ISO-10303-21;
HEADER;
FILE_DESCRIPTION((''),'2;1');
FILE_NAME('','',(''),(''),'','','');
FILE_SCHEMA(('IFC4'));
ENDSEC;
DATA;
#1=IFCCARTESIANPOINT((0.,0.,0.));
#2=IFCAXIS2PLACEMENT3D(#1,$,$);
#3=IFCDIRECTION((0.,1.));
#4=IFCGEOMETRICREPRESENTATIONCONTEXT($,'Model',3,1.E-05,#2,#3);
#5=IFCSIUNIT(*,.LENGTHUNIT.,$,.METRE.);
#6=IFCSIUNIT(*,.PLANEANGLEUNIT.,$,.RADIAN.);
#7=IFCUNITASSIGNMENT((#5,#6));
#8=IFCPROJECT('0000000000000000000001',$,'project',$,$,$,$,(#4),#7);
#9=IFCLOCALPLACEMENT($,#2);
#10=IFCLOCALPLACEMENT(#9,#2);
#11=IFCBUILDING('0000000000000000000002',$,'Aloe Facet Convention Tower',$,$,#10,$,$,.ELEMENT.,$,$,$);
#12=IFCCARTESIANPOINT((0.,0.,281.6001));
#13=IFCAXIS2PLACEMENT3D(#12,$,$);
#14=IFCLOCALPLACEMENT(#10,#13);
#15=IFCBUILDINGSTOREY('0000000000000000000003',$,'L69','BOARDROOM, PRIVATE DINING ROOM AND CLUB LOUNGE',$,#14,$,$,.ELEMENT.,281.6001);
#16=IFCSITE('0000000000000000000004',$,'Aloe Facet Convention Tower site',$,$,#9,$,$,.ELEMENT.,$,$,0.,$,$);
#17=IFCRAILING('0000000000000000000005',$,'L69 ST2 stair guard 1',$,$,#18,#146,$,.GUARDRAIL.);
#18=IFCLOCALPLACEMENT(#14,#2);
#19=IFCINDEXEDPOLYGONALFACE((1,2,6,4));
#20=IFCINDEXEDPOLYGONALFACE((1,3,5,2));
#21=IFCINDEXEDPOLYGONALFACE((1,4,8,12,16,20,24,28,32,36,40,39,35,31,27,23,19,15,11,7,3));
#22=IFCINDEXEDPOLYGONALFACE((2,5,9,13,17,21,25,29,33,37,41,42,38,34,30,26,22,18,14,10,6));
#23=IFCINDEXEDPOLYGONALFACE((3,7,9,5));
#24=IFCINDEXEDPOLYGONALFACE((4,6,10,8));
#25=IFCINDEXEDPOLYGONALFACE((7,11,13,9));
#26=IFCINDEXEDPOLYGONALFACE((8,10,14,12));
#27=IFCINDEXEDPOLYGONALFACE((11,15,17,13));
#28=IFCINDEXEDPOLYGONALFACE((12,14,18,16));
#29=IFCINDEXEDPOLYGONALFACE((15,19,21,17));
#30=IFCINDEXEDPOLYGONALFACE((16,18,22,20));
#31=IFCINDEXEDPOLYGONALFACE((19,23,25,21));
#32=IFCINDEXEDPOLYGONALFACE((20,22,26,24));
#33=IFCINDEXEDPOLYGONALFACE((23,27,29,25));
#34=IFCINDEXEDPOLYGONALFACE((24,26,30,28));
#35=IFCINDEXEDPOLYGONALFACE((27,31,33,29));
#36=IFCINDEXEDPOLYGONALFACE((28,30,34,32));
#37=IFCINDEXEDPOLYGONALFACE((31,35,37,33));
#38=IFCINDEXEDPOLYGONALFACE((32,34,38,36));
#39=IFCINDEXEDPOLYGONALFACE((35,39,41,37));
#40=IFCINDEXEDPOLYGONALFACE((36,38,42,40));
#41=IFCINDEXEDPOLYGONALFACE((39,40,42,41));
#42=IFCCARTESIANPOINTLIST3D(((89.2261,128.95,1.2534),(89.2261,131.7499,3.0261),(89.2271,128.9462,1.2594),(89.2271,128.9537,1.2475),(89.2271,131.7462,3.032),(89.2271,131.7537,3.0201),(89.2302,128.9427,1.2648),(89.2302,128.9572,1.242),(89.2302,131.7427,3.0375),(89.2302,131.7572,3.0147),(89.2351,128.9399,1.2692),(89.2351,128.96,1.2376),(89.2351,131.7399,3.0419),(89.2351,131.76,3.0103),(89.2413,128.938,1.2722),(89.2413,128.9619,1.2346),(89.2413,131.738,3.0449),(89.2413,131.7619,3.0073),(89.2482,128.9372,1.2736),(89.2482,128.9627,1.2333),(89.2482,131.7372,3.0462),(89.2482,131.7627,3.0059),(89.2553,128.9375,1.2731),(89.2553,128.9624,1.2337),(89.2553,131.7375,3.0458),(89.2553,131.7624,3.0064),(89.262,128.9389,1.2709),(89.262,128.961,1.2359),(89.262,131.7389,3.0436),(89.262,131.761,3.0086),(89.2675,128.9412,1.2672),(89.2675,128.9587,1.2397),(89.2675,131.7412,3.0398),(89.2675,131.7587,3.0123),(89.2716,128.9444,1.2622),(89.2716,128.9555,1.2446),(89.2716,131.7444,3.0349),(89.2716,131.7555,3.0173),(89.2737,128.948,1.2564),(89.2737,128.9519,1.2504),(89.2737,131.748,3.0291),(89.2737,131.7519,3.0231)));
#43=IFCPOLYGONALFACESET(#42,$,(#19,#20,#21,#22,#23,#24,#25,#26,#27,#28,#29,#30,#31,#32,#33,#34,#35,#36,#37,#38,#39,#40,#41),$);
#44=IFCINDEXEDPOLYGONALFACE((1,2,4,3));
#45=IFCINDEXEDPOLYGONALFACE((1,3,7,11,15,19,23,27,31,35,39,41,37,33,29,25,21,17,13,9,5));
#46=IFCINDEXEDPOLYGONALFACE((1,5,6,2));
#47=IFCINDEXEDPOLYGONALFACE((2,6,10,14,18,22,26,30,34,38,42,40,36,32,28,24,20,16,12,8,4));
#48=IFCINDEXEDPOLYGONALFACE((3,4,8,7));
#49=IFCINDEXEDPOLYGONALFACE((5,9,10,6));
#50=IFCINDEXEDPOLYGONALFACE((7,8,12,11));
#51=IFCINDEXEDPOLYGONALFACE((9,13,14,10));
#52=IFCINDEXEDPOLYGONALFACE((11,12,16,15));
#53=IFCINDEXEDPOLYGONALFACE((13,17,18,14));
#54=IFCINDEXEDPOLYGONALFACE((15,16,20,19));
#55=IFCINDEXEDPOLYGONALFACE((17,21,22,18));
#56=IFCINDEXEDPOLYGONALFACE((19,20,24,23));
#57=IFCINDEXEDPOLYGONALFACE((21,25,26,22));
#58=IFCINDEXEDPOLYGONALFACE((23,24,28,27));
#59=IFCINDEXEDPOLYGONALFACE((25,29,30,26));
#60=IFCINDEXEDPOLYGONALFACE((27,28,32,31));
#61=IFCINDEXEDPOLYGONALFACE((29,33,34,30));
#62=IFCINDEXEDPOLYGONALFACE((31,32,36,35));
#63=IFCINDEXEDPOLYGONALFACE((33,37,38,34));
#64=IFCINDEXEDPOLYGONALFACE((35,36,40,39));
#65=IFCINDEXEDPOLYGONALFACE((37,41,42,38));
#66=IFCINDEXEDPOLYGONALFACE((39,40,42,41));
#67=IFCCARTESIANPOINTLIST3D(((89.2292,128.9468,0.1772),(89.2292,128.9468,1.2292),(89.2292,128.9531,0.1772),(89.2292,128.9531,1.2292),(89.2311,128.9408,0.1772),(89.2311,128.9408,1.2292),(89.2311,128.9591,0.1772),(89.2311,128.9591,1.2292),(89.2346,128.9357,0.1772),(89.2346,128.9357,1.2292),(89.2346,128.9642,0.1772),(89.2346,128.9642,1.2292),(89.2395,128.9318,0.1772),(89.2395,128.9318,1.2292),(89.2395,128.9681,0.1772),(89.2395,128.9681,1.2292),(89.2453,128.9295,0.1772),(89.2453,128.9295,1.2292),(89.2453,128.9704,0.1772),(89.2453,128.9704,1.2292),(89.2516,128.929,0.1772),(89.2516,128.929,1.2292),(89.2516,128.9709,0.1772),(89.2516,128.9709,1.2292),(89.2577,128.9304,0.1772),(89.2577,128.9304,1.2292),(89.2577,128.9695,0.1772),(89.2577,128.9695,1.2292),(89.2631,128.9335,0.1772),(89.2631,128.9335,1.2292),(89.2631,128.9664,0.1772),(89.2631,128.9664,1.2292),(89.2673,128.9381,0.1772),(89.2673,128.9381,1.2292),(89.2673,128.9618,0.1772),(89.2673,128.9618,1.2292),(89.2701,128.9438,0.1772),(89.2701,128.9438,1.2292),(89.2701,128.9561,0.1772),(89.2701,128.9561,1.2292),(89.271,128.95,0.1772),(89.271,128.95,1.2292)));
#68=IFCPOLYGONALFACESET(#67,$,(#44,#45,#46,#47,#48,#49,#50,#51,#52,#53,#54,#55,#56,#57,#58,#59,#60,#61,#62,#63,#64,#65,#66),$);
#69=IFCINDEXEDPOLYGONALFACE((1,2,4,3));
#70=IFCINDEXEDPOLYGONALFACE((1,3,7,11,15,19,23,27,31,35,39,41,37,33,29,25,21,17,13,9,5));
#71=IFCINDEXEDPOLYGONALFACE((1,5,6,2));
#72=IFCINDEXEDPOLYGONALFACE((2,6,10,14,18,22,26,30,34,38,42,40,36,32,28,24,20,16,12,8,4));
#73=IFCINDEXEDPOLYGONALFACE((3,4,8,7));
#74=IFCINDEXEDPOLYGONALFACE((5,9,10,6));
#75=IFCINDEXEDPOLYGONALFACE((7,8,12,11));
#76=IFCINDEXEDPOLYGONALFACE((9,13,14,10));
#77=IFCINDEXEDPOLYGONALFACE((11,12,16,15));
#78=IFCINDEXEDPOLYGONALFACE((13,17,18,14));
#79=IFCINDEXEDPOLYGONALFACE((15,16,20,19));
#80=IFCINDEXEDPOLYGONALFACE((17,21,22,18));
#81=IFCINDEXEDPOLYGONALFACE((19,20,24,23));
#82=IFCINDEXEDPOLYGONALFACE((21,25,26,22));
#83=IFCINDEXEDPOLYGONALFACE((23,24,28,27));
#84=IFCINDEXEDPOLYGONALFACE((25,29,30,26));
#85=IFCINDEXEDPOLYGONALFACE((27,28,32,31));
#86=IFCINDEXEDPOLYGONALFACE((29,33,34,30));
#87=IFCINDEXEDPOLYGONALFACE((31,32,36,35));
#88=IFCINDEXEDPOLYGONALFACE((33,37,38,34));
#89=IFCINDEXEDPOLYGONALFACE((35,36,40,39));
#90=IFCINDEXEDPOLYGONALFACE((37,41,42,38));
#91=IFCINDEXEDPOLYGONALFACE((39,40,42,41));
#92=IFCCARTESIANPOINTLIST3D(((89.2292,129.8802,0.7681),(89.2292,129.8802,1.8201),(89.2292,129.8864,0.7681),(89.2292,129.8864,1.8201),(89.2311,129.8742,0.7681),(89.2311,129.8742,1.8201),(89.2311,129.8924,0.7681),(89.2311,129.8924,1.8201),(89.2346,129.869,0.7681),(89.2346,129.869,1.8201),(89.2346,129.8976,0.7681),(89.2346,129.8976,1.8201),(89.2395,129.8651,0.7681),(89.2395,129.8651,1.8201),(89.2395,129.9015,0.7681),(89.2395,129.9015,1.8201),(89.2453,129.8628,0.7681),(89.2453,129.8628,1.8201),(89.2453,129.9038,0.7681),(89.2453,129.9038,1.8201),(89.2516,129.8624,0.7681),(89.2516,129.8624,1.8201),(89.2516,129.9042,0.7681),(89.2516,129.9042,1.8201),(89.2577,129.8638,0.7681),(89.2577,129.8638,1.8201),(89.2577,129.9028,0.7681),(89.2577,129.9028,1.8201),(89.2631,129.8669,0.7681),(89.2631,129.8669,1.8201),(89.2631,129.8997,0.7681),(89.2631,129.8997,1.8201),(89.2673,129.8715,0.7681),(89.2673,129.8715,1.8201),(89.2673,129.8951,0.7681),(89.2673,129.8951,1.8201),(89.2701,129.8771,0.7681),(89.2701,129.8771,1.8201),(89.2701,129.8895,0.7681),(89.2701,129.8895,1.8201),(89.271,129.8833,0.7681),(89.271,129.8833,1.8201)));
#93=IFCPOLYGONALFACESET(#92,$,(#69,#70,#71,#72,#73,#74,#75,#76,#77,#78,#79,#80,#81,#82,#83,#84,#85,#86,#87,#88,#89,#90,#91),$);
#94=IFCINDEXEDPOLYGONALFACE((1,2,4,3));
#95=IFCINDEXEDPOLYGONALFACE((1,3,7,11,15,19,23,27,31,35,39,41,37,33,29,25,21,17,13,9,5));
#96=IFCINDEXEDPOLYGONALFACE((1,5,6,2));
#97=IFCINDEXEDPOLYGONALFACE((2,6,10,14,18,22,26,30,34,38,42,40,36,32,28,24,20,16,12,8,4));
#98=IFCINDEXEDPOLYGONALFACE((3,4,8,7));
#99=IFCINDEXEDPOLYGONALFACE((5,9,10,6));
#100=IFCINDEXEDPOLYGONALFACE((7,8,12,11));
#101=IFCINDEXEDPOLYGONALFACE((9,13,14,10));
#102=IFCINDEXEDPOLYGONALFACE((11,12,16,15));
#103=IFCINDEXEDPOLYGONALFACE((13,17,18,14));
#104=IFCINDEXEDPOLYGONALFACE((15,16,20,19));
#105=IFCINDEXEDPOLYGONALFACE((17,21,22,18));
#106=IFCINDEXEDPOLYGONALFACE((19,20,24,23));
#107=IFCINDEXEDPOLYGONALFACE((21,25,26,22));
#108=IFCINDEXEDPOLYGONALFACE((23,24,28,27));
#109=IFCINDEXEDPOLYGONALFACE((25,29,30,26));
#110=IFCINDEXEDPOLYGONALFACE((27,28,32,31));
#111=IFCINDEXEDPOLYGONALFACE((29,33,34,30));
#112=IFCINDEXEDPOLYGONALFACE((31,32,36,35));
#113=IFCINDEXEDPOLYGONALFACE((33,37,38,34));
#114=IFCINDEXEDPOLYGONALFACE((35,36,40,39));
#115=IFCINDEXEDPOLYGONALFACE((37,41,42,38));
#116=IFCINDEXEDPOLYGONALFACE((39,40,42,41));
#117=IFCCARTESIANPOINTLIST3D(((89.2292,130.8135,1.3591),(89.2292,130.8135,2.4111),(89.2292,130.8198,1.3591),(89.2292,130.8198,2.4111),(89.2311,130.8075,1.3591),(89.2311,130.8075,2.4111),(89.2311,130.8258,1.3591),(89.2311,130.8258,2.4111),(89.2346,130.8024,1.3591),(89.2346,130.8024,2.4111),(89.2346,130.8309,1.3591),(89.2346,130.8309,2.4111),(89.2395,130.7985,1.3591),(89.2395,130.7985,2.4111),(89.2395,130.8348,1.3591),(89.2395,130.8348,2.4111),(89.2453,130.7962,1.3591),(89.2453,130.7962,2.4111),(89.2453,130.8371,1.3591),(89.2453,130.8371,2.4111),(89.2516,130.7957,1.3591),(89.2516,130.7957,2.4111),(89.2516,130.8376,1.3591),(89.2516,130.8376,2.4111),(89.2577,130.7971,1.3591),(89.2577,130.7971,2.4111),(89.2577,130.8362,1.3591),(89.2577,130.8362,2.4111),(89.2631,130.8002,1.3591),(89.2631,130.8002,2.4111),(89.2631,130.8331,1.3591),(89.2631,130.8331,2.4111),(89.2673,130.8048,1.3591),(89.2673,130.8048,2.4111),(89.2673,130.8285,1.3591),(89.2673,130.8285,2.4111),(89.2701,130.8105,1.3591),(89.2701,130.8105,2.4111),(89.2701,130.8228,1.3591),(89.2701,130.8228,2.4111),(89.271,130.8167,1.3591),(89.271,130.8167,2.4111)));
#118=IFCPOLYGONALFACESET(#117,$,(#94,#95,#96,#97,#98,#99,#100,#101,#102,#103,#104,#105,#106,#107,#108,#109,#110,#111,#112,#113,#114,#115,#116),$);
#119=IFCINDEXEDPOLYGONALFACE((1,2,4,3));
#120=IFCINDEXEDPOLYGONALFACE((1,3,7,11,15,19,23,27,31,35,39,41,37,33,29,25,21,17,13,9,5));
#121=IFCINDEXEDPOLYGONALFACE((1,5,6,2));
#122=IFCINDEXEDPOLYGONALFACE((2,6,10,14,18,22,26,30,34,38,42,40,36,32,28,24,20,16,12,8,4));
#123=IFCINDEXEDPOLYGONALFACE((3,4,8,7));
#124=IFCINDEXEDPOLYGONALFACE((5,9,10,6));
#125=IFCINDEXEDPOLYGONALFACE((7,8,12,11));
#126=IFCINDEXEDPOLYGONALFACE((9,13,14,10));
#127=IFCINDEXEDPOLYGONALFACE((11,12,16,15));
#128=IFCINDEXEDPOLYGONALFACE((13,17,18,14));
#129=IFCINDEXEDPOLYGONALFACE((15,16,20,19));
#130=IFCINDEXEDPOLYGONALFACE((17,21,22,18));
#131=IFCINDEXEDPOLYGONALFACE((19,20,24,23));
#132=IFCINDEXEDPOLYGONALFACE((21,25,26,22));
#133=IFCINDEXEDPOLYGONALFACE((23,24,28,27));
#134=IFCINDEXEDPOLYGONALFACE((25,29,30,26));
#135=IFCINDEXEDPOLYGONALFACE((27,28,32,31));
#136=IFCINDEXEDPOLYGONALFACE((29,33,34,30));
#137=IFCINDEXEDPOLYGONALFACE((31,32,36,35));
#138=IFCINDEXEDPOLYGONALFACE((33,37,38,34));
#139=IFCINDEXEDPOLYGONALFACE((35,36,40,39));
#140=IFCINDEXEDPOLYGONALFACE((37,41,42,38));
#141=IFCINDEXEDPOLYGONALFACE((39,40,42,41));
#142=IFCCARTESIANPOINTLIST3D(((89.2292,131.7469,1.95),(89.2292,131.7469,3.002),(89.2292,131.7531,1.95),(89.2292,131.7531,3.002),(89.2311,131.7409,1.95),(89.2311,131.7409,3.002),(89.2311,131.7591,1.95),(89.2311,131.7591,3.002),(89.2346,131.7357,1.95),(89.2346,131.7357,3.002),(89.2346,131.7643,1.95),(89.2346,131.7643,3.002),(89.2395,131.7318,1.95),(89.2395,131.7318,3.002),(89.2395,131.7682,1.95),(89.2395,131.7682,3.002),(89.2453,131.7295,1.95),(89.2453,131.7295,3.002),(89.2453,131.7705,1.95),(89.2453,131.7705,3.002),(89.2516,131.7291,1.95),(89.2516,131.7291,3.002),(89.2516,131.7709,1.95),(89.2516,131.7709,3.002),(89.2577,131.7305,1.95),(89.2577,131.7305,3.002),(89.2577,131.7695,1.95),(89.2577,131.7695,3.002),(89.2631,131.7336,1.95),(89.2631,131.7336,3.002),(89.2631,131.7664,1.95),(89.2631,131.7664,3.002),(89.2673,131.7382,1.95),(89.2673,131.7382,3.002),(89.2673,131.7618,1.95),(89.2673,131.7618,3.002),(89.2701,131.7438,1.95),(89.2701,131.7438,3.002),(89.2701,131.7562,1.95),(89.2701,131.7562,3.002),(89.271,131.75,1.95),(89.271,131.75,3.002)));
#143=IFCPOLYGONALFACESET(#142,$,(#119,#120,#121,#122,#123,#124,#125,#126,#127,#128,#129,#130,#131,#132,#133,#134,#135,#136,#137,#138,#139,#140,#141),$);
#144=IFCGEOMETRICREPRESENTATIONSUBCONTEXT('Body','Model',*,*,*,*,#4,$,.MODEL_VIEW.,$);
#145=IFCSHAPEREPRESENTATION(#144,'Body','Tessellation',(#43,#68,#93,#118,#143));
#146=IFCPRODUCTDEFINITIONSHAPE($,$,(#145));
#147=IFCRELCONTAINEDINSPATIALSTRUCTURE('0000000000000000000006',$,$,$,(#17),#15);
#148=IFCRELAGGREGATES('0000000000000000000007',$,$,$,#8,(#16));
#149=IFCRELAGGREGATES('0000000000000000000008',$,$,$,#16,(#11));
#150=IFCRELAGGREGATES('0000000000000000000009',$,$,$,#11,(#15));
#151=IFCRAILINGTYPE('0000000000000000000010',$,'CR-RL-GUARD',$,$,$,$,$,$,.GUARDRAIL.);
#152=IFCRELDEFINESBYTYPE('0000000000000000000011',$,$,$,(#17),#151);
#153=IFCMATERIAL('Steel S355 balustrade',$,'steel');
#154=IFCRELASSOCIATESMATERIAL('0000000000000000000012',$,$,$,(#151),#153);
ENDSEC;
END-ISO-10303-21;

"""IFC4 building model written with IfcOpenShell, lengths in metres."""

from ifc_helpers import new_model, si_unit, direction, frame, origin, origin_2d, place, context, subcontext, project, spatial, circle, extrude, material, type_object, element, save


model = new_model("IFC4")

# Units and contexts
model_context = context("Model", 3, precision=1e-05, world=origin(), true_north=direction((0.0, 1.0)))
body_context = subcontext(model_context, "Body", "Model", "MODEL_VIEW")
ifc_project = project(units=[si_unit("LENGTHUNIT", "METRE"), si_unit("PLANEANGLEUNIT", "RADIAN")], contexts=[model_context])

# Site, building, storey
site_placement = place(None, origin())
site = spatial("IfcSite", under=ifc_project, at=site_placement, Name="Aloe Facet Convention Tower site", CompositionType="ELEMENT", RefElevation=0.0)
building_placement = place(site_placement, origin())
building = spatial("IfcBuilding", under=site, at=building_placement, Name="Aloe Facet Convention Tower", CompositionType="ELEMENT")
storey_placement = place(building_placement, frame((0.0, 0.0, 281.6001)))
storey = spatial("IfcBuildingStorey", under=building, at=storey_placement, Name="L69", Description="BOARDROOM, PRIVATE DINING ROOM AND CLUB LOUNGE", CompositionType="ELEMENT", Elevation=281.6001)

# Railing
ifc_material_1 = material(Name="Steel S355 balustrade", Category="steel")
railing_type_1 = type_object("IfcRailingType", Name="CR-RL-GUARD", PredefinedType="GUARDRAIL", material=ifc_material_1)
railing_1_placement = place(storey_placement, frame((89.25, 128.95, 0.1772)))
element("IfcRailing", 1, at=railing_1_placement, inside=storey, type_object=railing_type_1, Name="L69 ST2 stair guard 1", PredefinedType="GUARDRAIL", context=body_context, shape_type="SweptSolid", body=[
    extrude(circle(Radius=0.0239, at=origin_2d()), frame((0.0, 0.0, 1.0762), z_axis=(0.0, 0.844909, 0.53491), x_axis=(-1.0, 0.0, 0.0)), (0.0, 0.0, 1.0), 3.314),
    extrude(circle(Radius=0.021, at=origin_2d()), origin(), (0.0, 0.0, 1.0), 1.052),
    extrude(circle(Radius=0.021, at=origin_2d()), frame((0.0, 0.9333, 0.5908)), (0.0, 0.0, 1.0), 1.052),
    extrude(circle(Radius=0.021, at=origin_2d()), frame((0.0, 1.8667, 1.1819)), (0.0, 0.0, 1.0), 1.052),
    extrude(circle(Radius=0.021, at=origin_2d()), frame((0.0, 2.8, 1.7727)), (0.0, 0.0, 1.0), 1.052),
])

save(model, "model.ifc")
